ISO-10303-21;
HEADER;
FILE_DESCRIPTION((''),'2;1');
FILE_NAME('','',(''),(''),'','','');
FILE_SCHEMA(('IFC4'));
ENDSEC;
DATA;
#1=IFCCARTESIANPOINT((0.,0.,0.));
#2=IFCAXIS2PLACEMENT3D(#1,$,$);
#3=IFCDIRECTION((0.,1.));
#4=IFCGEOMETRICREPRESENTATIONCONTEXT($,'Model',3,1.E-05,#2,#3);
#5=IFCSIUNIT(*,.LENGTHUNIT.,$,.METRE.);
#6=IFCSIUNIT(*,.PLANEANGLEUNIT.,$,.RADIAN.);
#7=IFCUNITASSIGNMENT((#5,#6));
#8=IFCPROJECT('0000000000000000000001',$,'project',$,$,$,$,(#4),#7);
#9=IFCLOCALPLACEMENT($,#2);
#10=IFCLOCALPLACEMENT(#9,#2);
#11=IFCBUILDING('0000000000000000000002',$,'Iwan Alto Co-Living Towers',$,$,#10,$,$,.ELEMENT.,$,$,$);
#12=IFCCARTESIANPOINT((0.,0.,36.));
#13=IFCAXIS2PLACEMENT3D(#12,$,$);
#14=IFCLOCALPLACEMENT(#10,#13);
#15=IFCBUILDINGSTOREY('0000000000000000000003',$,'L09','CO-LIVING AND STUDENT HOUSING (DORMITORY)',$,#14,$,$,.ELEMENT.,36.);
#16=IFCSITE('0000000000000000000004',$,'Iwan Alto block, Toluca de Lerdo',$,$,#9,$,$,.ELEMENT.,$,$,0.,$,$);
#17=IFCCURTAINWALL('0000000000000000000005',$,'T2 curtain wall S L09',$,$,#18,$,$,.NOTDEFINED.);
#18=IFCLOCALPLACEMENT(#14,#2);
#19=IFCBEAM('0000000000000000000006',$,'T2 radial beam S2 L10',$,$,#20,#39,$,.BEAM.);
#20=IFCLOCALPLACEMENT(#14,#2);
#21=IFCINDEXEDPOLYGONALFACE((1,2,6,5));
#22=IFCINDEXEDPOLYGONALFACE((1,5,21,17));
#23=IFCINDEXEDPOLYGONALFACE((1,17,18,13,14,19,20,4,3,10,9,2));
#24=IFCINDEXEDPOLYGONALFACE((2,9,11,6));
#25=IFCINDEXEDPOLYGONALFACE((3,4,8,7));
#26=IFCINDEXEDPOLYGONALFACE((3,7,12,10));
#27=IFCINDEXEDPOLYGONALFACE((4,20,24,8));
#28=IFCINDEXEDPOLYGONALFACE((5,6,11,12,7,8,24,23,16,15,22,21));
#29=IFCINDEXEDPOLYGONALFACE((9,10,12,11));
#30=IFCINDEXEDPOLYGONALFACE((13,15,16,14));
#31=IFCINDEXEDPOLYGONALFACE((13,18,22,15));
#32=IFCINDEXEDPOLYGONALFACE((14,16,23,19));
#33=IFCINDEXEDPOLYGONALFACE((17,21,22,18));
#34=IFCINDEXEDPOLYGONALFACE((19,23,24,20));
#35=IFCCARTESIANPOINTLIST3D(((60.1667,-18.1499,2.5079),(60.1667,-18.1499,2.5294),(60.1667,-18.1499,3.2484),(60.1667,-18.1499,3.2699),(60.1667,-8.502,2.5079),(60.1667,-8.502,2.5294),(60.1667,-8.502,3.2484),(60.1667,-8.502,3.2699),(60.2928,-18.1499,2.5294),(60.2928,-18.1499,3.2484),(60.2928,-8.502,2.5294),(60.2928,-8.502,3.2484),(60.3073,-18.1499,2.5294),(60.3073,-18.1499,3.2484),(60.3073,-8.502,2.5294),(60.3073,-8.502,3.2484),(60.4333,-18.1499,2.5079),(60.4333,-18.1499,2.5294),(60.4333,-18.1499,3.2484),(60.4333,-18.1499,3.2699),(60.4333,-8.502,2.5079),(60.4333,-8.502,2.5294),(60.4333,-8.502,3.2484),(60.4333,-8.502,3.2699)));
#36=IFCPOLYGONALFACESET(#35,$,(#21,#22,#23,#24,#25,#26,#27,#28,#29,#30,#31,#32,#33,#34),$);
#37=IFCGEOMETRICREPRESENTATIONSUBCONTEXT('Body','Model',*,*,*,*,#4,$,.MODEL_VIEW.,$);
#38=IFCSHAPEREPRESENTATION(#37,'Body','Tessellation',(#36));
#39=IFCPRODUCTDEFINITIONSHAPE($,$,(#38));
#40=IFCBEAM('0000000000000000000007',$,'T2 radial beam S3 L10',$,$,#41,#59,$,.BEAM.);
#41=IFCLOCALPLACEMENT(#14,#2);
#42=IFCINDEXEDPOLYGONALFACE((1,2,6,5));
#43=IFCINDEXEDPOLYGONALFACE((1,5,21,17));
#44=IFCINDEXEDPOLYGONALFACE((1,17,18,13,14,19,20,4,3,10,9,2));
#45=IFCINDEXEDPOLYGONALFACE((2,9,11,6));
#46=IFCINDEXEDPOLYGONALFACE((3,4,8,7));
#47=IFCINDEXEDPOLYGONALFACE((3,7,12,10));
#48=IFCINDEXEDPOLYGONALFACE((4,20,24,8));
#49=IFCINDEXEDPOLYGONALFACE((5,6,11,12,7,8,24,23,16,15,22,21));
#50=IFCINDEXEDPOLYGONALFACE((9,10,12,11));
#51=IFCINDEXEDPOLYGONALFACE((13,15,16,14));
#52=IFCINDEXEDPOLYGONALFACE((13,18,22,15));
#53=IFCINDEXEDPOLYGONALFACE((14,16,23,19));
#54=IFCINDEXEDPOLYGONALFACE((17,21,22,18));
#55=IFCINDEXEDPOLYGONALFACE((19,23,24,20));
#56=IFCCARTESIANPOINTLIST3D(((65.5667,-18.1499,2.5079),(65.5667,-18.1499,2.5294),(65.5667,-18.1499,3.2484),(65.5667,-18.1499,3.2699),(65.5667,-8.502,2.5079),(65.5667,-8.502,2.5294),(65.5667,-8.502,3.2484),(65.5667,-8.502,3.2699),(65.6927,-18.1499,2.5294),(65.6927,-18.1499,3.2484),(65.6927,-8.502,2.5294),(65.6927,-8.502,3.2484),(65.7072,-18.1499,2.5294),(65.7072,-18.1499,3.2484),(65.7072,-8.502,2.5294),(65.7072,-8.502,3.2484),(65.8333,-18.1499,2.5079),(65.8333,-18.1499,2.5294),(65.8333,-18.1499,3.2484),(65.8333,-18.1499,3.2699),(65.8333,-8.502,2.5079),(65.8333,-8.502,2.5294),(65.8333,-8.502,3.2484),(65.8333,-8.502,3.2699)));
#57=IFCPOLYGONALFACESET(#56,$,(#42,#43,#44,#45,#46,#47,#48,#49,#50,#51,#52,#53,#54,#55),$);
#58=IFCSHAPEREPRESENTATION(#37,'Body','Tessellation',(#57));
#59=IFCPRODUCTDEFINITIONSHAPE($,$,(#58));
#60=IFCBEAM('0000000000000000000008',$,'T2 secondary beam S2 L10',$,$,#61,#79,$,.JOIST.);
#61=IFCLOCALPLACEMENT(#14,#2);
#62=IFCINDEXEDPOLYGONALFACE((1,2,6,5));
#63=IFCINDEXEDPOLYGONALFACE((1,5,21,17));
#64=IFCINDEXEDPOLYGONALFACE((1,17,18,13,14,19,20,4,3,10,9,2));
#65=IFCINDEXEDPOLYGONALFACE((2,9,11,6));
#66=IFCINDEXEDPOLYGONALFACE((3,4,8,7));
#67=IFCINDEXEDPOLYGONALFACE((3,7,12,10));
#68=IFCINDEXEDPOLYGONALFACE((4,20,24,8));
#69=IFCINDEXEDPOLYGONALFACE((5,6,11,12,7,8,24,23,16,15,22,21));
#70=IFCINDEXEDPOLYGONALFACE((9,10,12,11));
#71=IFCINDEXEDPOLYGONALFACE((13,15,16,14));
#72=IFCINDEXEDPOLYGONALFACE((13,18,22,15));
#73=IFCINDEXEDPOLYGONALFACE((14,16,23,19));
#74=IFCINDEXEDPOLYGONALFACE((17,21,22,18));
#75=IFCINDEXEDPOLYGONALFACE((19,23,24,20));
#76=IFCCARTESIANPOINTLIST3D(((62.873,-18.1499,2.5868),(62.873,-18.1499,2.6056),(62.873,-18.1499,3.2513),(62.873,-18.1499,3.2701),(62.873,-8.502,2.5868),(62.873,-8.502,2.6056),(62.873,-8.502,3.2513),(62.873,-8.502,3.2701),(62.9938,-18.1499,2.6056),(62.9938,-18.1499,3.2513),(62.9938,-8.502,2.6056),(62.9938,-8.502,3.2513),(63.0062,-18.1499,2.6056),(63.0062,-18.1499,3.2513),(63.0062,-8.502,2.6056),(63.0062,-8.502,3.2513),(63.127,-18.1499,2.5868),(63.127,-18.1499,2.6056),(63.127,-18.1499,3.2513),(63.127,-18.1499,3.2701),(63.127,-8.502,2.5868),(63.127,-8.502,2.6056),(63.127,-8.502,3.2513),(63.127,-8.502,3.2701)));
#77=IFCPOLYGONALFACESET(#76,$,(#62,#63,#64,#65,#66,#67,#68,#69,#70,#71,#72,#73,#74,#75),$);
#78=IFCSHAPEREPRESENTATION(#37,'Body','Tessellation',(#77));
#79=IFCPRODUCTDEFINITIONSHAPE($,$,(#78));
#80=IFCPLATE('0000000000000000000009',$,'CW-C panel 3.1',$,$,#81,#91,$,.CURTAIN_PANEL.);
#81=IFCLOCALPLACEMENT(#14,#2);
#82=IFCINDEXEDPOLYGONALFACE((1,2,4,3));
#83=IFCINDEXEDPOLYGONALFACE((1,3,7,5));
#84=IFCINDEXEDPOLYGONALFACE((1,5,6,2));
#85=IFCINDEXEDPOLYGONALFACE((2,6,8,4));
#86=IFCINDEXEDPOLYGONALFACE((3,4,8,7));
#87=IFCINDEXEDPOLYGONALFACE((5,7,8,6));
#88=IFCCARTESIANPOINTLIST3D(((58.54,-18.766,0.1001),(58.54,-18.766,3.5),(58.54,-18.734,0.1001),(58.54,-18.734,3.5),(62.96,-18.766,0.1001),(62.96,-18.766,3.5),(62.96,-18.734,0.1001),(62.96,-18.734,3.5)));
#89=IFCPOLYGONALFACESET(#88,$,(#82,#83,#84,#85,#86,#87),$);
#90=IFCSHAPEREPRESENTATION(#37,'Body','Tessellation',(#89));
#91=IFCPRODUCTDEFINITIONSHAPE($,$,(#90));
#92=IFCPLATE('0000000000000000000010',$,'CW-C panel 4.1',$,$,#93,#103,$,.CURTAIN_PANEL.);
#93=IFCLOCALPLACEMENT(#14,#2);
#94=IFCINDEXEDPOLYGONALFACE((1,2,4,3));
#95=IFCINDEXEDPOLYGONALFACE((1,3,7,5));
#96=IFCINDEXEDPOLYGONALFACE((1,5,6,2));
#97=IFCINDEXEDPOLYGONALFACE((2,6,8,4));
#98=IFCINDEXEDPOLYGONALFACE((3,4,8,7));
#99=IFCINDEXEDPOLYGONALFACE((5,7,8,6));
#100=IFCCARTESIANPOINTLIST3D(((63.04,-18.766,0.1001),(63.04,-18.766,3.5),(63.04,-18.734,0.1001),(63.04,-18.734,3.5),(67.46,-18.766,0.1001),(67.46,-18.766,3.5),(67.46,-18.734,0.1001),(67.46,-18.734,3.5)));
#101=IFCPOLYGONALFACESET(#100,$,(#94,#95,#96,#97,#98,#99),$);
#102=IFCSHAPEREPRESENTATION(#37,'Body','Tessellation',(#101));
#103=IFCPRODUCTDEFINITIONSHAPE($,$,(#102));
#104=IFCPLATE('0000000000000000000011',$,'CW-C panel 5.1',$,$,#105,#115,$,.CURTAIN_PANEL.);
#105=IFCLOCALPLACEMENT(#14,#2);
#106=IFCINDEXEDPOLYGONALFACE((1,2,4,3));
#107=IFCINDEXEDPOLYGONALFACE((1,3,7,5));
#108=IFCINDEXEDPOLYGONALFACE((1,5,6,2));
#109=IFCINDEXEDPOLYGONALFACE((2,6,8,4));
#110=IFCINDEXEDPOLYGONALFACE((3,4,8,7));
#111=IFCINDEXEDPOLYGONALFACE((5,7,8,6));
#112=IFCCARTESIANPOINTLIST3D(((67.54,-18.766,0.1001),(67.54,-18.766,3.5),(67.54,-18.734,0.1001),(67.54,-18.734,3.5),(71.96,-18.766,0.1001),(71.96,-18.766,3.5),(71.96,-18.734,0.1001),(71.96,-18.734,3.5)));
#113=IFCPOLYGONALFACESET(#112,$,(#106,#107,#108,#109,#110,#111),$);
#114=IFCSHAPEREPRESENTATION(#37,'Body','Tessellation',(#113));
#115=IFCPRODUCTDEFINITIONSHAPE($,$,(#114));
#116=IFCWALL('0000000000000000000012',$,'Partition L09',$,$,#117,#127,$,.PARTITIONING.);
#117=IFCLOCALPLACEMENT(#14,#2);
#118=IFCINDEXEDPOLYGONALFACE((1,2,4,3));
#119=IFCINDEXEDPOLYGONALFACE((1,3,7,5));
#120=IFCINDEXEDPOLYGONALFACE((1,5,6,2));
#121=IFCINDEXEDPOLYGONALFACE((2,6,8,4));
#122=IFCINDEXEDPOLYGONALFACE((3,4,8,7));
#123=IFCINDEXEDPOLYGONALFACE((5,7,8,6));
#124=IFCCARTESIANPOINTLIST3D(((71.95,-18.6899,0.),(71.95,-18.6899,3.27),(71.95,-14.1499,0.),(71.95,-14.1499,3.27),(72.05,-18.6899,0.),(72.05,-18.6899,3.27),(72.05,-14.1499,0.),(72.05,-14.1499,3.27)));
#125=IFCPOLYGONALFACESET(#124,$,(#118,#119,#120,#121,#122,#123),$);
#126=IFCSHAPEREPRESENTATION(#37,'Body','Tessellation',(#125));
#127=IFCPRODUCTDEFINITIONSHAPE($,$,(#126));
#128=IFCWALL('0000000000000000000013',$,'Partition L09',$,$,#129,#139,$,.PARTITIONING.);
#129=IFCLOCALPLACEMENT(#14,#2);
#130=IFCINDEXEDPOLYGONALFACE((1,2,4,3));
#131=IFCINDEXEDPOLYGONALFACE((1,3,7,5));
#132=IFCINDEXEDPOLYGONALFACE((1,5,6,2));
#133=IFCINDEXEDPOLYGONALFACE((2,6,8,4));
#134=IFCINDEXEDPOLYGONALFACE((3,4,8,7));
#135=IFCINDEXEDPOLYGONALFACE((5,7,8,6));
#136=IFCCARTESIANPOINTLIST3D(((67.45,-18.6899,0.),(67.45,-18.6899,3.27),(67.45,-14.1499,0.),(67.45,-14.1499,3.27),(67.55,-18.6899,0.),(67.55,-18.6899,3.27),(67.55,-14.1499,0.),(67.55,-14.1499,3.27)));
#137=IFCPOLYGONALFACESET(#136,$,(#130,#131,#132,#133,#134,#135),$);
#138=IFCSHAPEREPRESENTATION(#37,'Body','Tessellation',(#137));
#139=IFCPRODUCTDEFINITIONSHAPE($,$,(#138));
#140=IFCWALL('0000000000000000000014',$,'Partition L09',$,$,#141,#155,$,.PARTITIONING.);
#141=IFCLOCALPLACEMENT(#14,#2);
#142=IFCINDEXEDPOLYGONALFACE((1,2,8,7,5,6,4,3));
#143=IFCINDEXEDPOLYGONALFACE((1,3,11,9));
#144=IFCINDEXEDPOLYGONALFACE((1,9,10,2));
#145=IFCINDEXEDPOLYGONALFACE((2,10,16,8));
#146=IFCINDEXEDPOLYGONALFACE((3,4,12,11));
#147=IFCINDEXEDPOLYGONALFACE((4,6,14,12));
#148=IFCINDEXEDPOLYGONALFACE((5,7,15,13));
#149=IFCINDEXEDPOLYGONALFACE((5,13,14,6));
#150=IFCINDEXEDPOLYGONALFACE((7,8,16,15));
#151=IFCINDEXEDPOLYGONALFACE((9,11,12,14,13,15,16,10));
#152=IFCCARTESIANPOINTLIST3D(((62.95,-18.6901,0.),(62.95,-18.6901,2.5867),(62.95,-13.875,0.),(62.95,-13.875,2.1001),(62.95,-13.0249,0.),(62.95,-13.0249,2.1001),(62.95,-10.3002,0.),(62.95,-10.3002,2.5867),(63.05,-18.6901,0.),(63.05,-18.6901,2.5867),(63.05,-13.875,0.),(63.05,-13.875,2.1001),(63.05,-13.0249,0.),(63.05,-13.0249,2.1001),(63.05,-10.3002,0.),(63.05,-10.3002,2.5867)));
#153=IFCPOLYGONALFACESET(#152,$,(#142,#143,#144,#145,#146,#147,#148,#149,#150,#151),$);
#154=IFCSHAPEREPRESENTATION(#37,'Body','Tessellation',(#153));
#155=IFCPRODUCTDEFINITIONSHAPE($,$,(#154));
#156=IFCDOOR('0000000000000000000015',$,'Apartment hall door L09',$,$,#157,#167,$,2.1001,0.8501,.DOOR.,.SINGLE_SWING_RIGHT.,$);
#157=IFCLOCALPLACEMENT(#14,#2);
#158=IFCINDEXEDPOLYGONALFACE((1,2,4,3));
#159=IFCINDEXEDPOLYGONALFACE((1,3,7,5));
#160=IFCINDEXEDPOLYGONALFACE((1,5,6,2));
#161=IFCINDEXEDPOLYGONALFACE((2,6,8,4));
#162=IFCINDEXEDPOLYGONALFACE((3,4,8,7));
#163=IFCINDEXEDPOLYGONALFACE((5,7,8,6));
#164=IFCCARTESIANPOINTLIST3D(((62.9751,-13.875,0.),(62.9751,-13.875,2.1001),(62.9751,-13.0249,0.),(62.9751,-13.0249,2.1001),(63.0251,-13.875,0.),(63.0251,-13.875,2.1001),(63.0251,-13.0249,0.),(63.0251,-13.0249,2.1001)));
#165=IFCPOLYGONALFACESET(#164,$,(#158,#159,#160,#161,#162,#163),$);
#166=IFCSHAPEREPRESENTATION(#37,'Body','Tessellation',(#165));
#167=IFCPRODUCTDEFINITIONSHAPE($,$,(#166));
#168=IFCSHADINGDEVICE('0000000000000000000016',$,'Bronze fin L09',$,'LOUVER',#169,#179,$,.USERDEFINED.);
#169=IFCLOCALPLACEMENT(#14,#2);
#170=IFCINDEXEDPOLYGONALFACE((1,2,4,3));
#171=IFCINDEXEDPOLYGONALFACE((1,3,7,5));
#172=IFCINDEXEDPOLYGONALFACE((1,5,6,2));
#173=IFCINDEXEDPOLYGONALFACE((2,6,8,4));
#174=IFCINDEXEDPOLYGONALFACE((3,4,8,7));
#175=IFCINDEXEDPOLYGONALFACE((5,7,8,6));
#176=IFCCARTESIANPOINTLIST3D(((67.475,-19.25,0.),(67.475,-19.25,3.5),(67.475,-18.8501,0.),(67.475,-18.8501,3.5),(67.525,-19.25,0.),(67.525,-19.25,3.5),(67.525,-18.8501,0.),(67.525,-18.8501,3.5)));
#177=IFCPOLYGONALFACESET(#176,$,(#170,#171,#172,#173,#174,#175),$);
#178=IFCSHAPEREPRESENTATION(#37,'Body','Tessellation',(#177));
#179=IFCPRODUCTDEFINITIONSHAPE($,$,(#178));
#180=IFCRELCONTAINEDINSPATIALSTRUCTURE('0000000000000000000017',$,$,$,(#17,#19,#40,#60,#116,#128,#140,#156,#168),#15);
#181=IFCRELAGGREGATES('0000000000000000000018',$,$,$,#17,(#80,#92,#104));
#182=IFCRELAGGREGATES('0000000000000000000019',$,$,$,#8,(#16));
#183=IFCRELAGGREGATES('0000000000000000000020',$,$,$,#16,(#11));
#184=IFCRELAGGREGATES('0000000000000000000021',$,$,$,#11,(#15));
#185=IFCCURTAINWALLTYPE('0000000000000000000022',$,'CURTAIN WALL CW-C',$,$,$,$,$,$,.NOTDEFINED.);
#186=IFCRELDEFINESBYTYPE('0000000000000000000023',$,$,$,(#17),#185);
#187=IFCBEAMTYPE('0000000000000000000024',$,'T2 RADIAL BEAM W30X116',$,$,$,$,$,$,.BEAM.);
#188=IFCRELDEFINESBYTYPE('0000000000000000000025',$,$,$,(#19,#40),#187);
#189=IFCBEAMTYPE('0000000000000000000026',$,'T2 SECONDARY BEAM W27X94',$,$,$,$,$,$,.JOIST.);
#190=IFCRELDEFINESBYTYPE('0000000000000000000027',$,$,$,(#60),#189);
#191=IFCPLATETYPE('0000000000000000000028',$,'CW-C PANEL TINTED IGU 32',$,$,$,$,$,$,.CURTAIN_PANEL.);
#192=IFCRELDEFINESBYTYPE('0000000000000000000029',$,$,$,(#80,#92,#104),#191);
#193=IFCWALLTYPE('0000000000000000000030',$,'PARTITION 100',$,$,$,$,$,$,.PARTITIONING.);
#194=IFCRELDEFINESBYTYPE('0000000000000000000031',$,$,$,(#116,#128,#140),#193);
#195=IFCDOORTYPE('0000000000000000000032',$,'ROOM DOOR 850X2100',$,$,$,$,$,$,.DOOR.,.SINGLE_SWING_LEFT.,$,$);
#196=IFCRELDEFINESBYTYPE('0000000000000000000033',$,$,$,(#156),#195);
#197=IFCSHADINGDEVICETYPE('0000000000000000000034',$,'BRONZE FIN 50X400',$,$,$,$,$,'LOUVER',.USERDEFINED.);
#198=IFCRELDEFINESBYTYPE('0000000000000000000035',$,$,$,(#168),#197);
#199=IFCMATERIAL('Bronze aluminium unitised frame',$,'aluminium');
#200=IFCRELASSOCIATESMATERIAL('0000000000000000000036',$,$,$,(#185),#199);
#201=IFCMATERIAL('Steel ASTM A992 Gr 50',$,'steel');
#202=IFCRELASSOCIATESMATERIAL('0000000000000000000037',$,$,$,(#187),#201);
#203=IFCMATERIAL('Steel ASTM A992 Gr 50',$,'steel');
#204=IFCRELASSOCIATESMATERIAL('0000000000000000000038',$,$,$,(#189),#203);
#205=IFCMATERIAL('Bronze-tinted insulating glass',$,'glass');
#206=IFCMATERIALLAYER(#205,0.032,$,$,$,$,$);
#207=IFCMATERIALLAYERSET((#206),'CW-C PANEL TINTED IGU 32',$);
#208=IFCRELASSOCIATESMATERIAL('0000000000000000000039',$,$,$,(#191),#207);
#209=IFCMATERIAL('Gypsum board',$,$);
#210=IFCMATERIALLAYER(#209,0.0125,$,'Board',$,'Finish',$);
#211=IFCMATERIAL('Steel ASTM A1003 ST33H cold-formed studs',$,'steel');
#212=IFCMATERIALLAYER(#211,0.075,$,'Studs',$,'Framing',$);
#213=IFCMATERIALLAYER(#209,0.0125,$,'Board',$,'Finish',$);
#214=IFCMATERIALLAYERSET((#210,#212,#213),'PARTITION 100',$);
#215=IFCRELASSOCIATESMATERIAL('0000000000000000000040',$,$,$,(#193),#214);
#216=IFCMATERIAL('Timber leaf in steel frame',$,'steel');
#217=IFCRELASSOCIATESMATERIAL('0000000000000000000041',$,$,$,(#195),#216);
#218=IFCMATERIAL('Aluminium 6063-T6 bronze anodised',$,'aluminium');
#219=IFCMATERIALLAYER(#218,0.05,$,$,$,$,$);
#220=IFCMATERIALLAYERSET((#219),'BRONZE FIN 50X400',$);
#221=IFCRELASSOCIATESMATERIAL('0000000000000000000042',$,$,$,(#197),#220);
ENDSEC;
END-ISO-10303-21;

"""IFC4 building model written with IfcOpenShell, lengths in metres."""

from ifc_helpers import new_model, si_unit, direction, frame, frame_2d, origin, origin_2d, place, context, subcontext, project, spatial, rectangle, i_section, extrude, material, layer, layer_set, material_profile, profile_set, type_object, element, fill, aggregate, save


model = new_model("IFC4")

# Units and contexts
model_context = context("Model", 3, precision=1e-05, world=origin(), true_north=direction((0.0, 1.0)))
body_context = subcontext(model_context, "Body", "Model", "MODEL_VIEW")
ifc_project = project(units=[si_unit("LENGTHUNIT", "METRE"), si_unit("PLANEANGLEUNIT", "RADIAN")], contexts=[model_context])

# Site, building, storey
site_placement = place(None, origin())
site = spatial("IfcSite", under=ifc_project, at=site_placement, Name="Iwan Alto block, Toluca de Lerdo", CompositionType="ELEMENT", RefElevation=0.0)
building_placement = place(site_placement, origin())
building = spatial("IfcBuilding", under=site, at=building_placement, Name="Iwan Alto Co-Living Towers", CompositionType="ELEMENT")
storey_placement = place(building_placement, frame((0.0, 0.0, 36.0)))
storey = spatial("IfcBuildingStorey", under=building, at=storey_placement, Name="L09", Description="CO-LIVING AND STUDENT HOUSING (DORMITORY)", CompositionType="ELEMENT", Elevation=36.0)

# Curtain wall
ifc_material_1 = material(Name="Bronze aluminium unitised frame", Category="aluminium")
curtain_wall_type = type_object("IfcCurtainWallType", Name="CURTAIN WALL CW-C", PredefinedType="NOTDEFINED", material=ifc_material_1)
curtain_wall_placement = place(storey_placement, origin())
curtain_wall = element("IfcCurtainWall", 1, at=curtain_wall_placement, inside=storey, type_object=curtain_wall_type, Name="T2 curtain wall S L09", PredefinedType="NOTDEFINED")

# Beams
ifc_material_2 = material(Name="Steel ASTM A992 Gr 50", Category="steel")
ifc_material_profile_1 = material_profile(ifc_material_2, i_section(OverallWidth=0.2666, OverallDepth=0.762, WebThickness=0.0144, FlangeThickness=0.0215, at=origin_2d()), Name="W30X116")
ifc_profile_set_1 = profile_set([ifc_material_profile_1], Name="Steel ASTM A992 Gr 50")
beam_type_1 = type_object("IfcBeamType", Name="T2 RADIAL BEAM W30X116", PredefinedType="BEAM", material=ifc_profile_set_1)
for number, where, z_axis, x_axis, name in (
    (2, (60.3, -18.1499, 2.8889), (0.0, 1.0, 0.0), (-1.0, 0.0, 0.0), "T2 radial beam S2 L10"),
    (3, (65.7, -18.1499, 2.8889), (0.0, 1.0, 0.0), (-1.0, 0.0, 0.0), "T2 radial beam S3 L10"),
):
    element("IfcBeam", number, at=place(storey_placement, frame(where, z_axis=z_axis, x_axis=x_axis)), inside=storey, type_object=beam_type_1, Name=name, PredefinedType="BEAM", context=body_context, shape_type="SweptSolid", body=[
        extrude(i_section(OverallWidth=0.2666, OverallDepth=0.762, WebThickness=0.0144, FlangeThickness=0.0215, at=origin_2d()), origin(), (0.0, 0.0, 1.0), 9.6479),
    ])
ifc_material_3 = material(Name="Steel ASTM A992 Gr 50", Category="steel")
ifc_material_profile_2 = material_profile(ifc_material_3, i_section(OverallWidth=0.2539, OverallDepth=0.6833, WebThickness=0.0125, FlangeThickness=0.0188, at=origin_2d()), Name="W27X94")
ifc_profile_set_2 = profile_set([ifc_material_profile_2], Name="Steel ASTM A992 Gr 50")
beam_type_2 = type_object("IfcBeamType", Name="T2 SECONDARY BEAM W27X94", PredefinedType="JOIST", material=ifc_profile_set_2)
beam_1_placement = place(storey_placement, frame((63.0, -18.1499, 2.9285), z_axis=(0.0, 1.0, 0.0), x_axis=(-1.0, 0.0, 0.0)))
element("IfcBeam", 4, at=beam_1_placement, inside=storey, type_object=beam_type_2, Name="T2 secondary beam S2 L10", PredefinedType="JOIST", context=body_context, shape_type="SweptSolid", body=[
    extrude(i_section(OverallWidth=0.2539, OverallDepth=0.6833, WebThickness=0.0125, FlangeThickness=0.0188, at=origin_2d()), origin(), (0.0, 0.0, 1.0), 9.6479),
])

# Plates
ifc_material_4 = material(Name="Bronze-tinted insulating glass", Category="glass")
ifc_layer_1 = layer(ifc_material_4, 0.032)
ifc_layer_set_1 = layer_set([ifc_layer_1], Name="CW-C PANEL TINTED IGU 32")
plate_type = type_object("IfcPlateType", Name="CW-C PANEL TINTED IGU 32", PredefinedType="CURTAIN_PANEL", material=ifc_layer_set_1)
plate_1_placement = place(storey_placement, frame((60.75, -18.75, 0.1001), z_axis=(0.0, 0.0, 1.0), x_axis=(1.0, 0.0, 0.0)))
plate_1 = element("IfcPlate", 5, at=plate_1_placement, type_object=plate_type, Name="CW-C panel 3.1", PredefinedType="CURTAIN_PANEL", context=body_context, shape_type="SweptSolid", body=[
    extrude(rectangle(XDim=4.4199, YDim=0.032, at=origin_2d()), origin(), (0.0, 0.0, 1.0), 3.3999),
])
plate_2_placement = place(storey_placement, frame((65.25, -18.75, 0.1001), z_axis=(0.0, 0.0, 1.0), x_axis=(1.0, 0.0, 0.0)))
plate_2 = element("IfcPlate", 6, at=plate_2_placement, type_object=plate_type, Name="CW-C panel 4.1", PredefinedType="CURTAIN_PANEL", context=body_context, shape_type="SweptSolid", body=[
    extrude(rectangle(XDim=4.4199, YDim=0.032, at=origin_2d()), origin(), (0.0, 0.0, 1.0), 3.3999),
])
plate_3_placement = place(storey_placement, frame((69.75, -18.75, 0.1001), z_axis=(0.0, 0.0, 1.0), x_axis=(1.0, 0.0, 0.0)))
plate_3 = element("IfcPlate", 7, at=plate_3_placement, type_object=plate_type, Name="CW-C panel 5.1", PredefinedType="CURTAIN_PANEL", context=body_context, shape_type="SweptSolid", body=[
    extrude(rectangle(XDim=4.4199, YDim=0.032, at=origin_2d()), origin(), (0.0, 0.0, 1.0), 3.3999),
])
aggregate(curtain_wall, [plate_1, plate_2, plate_3])

# Walls
ifc_material_5 = material(Name="Gypsum board")
ifc_layer_2 = layer(ifc_material_5, 0.0125, Name="Board", Category="Finish")
ifc_material_6 = material(Name="Steel ASTM A1003 ST33H cold-formed studs", Category="steel")
ifc_layer_3 = layer(ifc_material_6, 0.075, Name="Studs", Category="Framing")
ifc_layer_4 = layer(ifc_material_5, 0.0125, Name="Board", Category="Finish")
ifc_layer_set_2 = layer_set([ifc_layer_2, ifc_layer_3, ifc_layer_4], Name="PARTITION 100")
wall_type = type_object("IfcWallType", Name="PARTITION 100", PredefinedType="PARTITIONING", material=ifc_layer_set_2)
for number, where, z_axis, x_axis, name in (
    (8, (72.0, -18.6899, 0.0), (0.0, 0.0, 1.0), (0.0, 1.0, 0.0), "Partition L09"),
    (9, (67.5, -18.6899, 0.0), (0.0, 0.0, 1.0), (0.0, 1.0, 0.0), "Partition L09"),
):
    element("IfcWall", number, at=place(storey_placement, frame(where, z_axis=z_axis, x_axis=x_axis)), inside=storey, type_object=wall_type, Name=name, PredefinedType="PARTITIONING", context=body_context, shape_type="SweptSolid", body=[
        extrude(rectangle(XDim=4.54, YDim=0.1001, at=frame_2d((2.27, 0.0))), origin(), (0.0, 0.0, 1.0), 3.27),
    ])

# Wall, opening, door
wall_placement = place(storey_placement, frame((63.0, -18.6899, 0.0), z_axis=(0.0, 0.0, 1.0), x_axis=(0.0, 1.0, 0.0)))
wall = element("IfcWall", 10, at=wall_placement, inside=storey, type_object=wall_type, Name="Partition L09", PredefinedType="PARTITIONING", context=body_context, shape_type="SweptSolid", body=[
    extrude(rectangle(XDim=8.3899, YDim=0.1001, at=frame_2d((4.1948, 0.0))), origin(), (0.0, 0.0, 1.0), 2.5867),
])
opening_placement = place(wall_placement, frame((4.8149, 0.0, 0.0)))
opening = element("IfcOpeningElement", 11, at=opening_placement, cuts=wall, PredefinedType="OPENING", context=body_context, shape_type="SweptSolid", body=[
    extrude(rectangle(XDim=0.8501, YDim=2.1001, at=frame_2d((0.425, 1.05))), frame((0.0, 0.0601, 0.0), z_axis=(0.0, -1.0, 0.0), x_axis=(1.0, 0.0, 0.0)), (0.0, 0.0, 1.0), 0.1201),
])
ifc_material_7 = material(Name="Timber leaf in steel frame", Category="steel")
door_type = type_object("IfcDoorType", Name="ROOM DOOR 850X2100", OperationType="SINGLE_SWING_LEFT", PredefinedType="DOOR", material=ifc_material_7)
door_placement = place(opening_placement, origin())
door = element("IfcDoor", 12, at=door_placement, inside=storey, type_object=door_type, Name="Apartment hall door L09", OperationType="SINGLE_SWING_RIGHT", OverallHeight=2.1001, OverallWidth=0.8501, PredefinedType="DOOR", context=body_context, shape_type="SweptSolid", body=[
    extrude(rectangle(XDim=0.8501, YDim=2.1001, at=frame_2d((0.425, 1.05))), frame((0.0, 0.0249, 0.0), z_axis=(0.0, -1.0, 0.0), x_axis=(1.0, 0.0, 0.0)), (0.0, 0.0, 1.0), 0.05),
])
fill(opening, door)

# Shading device
ifc_material_8 = material(Name="Aluminium 6063-T6 bronze anodised", Category="aluminium")
ifc_layer_5 = layer(ifc_material_8, 0.05)
ifc_layer_set_3 = layer_set([ifc_layer_5], Name="BRONZE FIN 50X400")
shading_device_type = type_object("IfcShadingDeviceType", Name="BRONZE FIN 50X400", ElementType="LOUVER", PredefinedType="USERDEFINED", material=ifc_layer_set_3)
shading_device_placement = place(storey_placement, frame((67.5, -19.05, 0.0), z_axis=(0.0, 0.0, 1.0), x_axis=(1.0, 0.0, 0.0)))
element("IfcShadingDevice", 13, at=shading_device_placement, inside=storey, type_object=shading_device_type, Name="Bronze fin L09", ObjectType="LOUVER", PredefinedType="USERDEFINED", context=body_context, shape_type="SweptSolid", body=[
    extrude(rectangle(XDim=0.05, YDim=0.3999, at=origin_2d()), origin(), (0.0, 0.0, 1.0), 3.5),
])

save(model, "model.ifc")
